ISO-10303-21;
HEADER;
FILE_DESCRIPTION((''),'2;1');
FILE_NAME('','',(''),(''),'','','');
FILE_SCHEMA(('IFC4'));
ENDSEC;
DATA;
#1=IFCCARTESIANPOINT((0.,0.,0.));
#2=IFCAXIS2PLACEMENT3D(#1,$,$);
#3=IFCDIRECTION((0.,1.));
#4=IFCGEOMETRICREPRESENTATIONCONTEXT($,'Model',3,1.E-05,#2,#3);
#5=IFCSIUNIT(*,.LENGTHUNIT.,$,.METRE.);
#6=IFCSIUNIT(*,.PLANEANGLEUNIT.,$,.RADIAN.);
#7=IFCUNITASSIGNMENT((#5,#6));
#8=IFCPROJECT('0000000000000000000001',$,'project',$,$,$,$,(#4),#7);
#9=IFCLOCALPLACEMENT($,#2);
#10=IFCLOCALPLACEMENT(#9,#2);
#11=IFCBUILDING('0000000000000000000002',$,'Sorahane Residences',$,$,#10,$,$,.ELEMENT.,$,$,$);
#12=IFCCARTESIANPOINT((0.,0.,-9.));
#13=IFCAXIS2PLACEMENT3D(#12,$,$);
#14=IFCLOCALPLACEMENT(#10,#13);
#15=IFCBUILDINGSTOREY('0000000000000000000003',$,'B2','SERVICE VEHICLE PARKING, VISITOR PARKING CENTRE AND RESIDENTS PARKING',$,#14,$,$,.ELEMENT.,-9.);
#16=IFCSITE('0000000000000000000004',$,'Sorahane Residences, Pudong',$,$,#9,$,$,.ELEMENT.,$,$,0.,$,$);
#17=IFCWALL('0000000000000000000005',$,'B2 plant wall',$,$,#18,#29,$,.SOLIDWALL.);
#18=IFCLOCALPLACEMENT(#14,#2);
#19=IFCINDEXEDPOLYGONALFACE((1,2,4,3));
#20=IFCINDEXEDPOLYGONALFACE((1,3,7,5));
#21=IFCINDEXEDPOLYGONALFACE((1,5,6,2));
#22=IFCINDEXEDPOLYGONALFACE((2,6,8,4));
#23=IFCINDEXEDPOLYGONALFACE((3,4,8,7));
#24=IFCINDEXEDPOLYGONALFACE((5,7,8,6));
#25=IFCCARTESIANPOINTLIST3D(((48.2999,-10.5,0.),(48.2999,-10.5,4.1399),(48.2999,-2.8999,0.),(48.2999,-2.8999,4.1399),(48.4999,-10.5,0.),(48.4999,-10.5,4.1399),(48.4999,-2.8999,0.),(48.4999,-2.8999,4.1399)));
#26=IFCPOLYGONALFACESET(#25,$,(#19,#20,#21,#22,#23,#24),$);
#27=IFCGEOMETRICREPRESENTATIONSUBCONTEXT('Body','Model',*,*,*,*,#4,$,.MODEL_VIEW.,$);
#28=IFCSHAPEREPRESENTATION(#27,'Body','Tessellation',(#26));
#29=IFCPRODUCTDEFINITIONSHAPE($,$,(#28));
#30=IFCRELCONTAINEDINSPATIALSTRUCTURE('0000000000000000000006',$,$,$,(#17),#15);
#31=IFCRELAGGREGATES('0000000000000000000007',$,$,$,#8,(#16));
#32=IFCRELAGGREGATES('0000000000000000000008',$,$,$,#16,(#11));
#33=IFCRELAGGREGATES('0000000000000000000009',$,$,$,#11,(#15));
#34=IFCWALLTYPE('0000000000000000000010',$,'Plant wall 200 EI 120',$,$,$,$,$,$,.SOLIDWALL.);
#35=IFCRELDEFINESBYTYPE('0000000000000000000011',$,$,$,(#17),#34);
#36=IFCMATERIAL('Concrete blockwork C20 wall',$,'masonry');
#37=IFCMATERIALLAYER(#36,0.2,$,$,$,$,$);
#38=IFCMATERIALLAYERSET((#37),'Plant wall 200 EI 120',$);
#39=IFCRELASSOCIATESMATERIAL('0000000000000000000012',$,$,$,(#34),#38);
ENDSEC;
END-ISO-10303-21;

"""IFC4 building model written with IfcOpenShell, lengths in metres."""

from ifc_helpers import new_model, si_unit, direction, frame, frame_2d, origin, place, context, subcontext, project, spatial, rectangle, extrude, material, layer, layer_set, type_object, element, save


model = new_model("IFC4")

# Units and contexts
model_context = context("Model", 3, precision=1e-05, world=origin(), true_north=direction((0.0, 1.0)))
body_context = subcontext(model_context, "Body", "Model", "MODEL_VIEW")
ifc_project = project(units=[si_unit("LENGTHUNIT", "METRE"), si_unit("PLANEANGLEUNIT", "RADIAN")], contexts=[model_context])

# Site, building, storey
site_placement = place(None, origin())
site = spatial("IfcSite", under=ifc_project, at=site_placement, Name="Sorahane Residences, Pudong", CompositionType="ELEMENT", RefElevation=0.0)
building_placement = place(site_placement, origin())
building = spatial("IfcBuilding", under=site, at=building_placement, Name="Sorahane Residences", CompositionType="ELEMENT")
storey_placement = place(building_placement, frame((0.0, 0.0, -9.0)))
storey = spatial("IfcBuildingStorey", under=building, at=storey_placement, Name="B2", Description="SERVICE VEHICLE PARKING, VISITOR PARKING CENTRE AND RESIDENTS PARKING", CompositionType="ELEMENT", Elevation=-9.0)

# Wall
ifc_material_1 = material(Name="Concrete blockwork C20 wall", Category="masonry")
ifc_layer_1 = layer(ifc_material_1, 0.2)
ifc_layer_set_1 = layer_set([ifc_layer_1], Name="Plant wall 200 EI 120")
wall_type_1 = type_object("IfcWallType", Name="Plant wall 200 EI 120", PredefinedType="SOLIDWALL", material=ifc_layer_set_1)
wall_1_placement = place(storey_placement, frame((48.3999, -10.5, 0.0), z_axis=(0.0, 0.0, 1.0), x_axis=(0.0, 1.0, 0.0)))
element("IfcWall", 1, at=wall_1_placement, inside=storey, type_object=wall_type_1, Name="B2 plant wall", PredefinedType="SOLIDWALL", context=body_context, shape_type="SweptSolid", body=[
    extrude(rectangle(XDim=7.6001, YDim=0.2, at=frame_2d((3.8, 0.0))), origin(), (0.0, 0.0, 1.0), 4.1399),
])

save(model, "model.ifc")
